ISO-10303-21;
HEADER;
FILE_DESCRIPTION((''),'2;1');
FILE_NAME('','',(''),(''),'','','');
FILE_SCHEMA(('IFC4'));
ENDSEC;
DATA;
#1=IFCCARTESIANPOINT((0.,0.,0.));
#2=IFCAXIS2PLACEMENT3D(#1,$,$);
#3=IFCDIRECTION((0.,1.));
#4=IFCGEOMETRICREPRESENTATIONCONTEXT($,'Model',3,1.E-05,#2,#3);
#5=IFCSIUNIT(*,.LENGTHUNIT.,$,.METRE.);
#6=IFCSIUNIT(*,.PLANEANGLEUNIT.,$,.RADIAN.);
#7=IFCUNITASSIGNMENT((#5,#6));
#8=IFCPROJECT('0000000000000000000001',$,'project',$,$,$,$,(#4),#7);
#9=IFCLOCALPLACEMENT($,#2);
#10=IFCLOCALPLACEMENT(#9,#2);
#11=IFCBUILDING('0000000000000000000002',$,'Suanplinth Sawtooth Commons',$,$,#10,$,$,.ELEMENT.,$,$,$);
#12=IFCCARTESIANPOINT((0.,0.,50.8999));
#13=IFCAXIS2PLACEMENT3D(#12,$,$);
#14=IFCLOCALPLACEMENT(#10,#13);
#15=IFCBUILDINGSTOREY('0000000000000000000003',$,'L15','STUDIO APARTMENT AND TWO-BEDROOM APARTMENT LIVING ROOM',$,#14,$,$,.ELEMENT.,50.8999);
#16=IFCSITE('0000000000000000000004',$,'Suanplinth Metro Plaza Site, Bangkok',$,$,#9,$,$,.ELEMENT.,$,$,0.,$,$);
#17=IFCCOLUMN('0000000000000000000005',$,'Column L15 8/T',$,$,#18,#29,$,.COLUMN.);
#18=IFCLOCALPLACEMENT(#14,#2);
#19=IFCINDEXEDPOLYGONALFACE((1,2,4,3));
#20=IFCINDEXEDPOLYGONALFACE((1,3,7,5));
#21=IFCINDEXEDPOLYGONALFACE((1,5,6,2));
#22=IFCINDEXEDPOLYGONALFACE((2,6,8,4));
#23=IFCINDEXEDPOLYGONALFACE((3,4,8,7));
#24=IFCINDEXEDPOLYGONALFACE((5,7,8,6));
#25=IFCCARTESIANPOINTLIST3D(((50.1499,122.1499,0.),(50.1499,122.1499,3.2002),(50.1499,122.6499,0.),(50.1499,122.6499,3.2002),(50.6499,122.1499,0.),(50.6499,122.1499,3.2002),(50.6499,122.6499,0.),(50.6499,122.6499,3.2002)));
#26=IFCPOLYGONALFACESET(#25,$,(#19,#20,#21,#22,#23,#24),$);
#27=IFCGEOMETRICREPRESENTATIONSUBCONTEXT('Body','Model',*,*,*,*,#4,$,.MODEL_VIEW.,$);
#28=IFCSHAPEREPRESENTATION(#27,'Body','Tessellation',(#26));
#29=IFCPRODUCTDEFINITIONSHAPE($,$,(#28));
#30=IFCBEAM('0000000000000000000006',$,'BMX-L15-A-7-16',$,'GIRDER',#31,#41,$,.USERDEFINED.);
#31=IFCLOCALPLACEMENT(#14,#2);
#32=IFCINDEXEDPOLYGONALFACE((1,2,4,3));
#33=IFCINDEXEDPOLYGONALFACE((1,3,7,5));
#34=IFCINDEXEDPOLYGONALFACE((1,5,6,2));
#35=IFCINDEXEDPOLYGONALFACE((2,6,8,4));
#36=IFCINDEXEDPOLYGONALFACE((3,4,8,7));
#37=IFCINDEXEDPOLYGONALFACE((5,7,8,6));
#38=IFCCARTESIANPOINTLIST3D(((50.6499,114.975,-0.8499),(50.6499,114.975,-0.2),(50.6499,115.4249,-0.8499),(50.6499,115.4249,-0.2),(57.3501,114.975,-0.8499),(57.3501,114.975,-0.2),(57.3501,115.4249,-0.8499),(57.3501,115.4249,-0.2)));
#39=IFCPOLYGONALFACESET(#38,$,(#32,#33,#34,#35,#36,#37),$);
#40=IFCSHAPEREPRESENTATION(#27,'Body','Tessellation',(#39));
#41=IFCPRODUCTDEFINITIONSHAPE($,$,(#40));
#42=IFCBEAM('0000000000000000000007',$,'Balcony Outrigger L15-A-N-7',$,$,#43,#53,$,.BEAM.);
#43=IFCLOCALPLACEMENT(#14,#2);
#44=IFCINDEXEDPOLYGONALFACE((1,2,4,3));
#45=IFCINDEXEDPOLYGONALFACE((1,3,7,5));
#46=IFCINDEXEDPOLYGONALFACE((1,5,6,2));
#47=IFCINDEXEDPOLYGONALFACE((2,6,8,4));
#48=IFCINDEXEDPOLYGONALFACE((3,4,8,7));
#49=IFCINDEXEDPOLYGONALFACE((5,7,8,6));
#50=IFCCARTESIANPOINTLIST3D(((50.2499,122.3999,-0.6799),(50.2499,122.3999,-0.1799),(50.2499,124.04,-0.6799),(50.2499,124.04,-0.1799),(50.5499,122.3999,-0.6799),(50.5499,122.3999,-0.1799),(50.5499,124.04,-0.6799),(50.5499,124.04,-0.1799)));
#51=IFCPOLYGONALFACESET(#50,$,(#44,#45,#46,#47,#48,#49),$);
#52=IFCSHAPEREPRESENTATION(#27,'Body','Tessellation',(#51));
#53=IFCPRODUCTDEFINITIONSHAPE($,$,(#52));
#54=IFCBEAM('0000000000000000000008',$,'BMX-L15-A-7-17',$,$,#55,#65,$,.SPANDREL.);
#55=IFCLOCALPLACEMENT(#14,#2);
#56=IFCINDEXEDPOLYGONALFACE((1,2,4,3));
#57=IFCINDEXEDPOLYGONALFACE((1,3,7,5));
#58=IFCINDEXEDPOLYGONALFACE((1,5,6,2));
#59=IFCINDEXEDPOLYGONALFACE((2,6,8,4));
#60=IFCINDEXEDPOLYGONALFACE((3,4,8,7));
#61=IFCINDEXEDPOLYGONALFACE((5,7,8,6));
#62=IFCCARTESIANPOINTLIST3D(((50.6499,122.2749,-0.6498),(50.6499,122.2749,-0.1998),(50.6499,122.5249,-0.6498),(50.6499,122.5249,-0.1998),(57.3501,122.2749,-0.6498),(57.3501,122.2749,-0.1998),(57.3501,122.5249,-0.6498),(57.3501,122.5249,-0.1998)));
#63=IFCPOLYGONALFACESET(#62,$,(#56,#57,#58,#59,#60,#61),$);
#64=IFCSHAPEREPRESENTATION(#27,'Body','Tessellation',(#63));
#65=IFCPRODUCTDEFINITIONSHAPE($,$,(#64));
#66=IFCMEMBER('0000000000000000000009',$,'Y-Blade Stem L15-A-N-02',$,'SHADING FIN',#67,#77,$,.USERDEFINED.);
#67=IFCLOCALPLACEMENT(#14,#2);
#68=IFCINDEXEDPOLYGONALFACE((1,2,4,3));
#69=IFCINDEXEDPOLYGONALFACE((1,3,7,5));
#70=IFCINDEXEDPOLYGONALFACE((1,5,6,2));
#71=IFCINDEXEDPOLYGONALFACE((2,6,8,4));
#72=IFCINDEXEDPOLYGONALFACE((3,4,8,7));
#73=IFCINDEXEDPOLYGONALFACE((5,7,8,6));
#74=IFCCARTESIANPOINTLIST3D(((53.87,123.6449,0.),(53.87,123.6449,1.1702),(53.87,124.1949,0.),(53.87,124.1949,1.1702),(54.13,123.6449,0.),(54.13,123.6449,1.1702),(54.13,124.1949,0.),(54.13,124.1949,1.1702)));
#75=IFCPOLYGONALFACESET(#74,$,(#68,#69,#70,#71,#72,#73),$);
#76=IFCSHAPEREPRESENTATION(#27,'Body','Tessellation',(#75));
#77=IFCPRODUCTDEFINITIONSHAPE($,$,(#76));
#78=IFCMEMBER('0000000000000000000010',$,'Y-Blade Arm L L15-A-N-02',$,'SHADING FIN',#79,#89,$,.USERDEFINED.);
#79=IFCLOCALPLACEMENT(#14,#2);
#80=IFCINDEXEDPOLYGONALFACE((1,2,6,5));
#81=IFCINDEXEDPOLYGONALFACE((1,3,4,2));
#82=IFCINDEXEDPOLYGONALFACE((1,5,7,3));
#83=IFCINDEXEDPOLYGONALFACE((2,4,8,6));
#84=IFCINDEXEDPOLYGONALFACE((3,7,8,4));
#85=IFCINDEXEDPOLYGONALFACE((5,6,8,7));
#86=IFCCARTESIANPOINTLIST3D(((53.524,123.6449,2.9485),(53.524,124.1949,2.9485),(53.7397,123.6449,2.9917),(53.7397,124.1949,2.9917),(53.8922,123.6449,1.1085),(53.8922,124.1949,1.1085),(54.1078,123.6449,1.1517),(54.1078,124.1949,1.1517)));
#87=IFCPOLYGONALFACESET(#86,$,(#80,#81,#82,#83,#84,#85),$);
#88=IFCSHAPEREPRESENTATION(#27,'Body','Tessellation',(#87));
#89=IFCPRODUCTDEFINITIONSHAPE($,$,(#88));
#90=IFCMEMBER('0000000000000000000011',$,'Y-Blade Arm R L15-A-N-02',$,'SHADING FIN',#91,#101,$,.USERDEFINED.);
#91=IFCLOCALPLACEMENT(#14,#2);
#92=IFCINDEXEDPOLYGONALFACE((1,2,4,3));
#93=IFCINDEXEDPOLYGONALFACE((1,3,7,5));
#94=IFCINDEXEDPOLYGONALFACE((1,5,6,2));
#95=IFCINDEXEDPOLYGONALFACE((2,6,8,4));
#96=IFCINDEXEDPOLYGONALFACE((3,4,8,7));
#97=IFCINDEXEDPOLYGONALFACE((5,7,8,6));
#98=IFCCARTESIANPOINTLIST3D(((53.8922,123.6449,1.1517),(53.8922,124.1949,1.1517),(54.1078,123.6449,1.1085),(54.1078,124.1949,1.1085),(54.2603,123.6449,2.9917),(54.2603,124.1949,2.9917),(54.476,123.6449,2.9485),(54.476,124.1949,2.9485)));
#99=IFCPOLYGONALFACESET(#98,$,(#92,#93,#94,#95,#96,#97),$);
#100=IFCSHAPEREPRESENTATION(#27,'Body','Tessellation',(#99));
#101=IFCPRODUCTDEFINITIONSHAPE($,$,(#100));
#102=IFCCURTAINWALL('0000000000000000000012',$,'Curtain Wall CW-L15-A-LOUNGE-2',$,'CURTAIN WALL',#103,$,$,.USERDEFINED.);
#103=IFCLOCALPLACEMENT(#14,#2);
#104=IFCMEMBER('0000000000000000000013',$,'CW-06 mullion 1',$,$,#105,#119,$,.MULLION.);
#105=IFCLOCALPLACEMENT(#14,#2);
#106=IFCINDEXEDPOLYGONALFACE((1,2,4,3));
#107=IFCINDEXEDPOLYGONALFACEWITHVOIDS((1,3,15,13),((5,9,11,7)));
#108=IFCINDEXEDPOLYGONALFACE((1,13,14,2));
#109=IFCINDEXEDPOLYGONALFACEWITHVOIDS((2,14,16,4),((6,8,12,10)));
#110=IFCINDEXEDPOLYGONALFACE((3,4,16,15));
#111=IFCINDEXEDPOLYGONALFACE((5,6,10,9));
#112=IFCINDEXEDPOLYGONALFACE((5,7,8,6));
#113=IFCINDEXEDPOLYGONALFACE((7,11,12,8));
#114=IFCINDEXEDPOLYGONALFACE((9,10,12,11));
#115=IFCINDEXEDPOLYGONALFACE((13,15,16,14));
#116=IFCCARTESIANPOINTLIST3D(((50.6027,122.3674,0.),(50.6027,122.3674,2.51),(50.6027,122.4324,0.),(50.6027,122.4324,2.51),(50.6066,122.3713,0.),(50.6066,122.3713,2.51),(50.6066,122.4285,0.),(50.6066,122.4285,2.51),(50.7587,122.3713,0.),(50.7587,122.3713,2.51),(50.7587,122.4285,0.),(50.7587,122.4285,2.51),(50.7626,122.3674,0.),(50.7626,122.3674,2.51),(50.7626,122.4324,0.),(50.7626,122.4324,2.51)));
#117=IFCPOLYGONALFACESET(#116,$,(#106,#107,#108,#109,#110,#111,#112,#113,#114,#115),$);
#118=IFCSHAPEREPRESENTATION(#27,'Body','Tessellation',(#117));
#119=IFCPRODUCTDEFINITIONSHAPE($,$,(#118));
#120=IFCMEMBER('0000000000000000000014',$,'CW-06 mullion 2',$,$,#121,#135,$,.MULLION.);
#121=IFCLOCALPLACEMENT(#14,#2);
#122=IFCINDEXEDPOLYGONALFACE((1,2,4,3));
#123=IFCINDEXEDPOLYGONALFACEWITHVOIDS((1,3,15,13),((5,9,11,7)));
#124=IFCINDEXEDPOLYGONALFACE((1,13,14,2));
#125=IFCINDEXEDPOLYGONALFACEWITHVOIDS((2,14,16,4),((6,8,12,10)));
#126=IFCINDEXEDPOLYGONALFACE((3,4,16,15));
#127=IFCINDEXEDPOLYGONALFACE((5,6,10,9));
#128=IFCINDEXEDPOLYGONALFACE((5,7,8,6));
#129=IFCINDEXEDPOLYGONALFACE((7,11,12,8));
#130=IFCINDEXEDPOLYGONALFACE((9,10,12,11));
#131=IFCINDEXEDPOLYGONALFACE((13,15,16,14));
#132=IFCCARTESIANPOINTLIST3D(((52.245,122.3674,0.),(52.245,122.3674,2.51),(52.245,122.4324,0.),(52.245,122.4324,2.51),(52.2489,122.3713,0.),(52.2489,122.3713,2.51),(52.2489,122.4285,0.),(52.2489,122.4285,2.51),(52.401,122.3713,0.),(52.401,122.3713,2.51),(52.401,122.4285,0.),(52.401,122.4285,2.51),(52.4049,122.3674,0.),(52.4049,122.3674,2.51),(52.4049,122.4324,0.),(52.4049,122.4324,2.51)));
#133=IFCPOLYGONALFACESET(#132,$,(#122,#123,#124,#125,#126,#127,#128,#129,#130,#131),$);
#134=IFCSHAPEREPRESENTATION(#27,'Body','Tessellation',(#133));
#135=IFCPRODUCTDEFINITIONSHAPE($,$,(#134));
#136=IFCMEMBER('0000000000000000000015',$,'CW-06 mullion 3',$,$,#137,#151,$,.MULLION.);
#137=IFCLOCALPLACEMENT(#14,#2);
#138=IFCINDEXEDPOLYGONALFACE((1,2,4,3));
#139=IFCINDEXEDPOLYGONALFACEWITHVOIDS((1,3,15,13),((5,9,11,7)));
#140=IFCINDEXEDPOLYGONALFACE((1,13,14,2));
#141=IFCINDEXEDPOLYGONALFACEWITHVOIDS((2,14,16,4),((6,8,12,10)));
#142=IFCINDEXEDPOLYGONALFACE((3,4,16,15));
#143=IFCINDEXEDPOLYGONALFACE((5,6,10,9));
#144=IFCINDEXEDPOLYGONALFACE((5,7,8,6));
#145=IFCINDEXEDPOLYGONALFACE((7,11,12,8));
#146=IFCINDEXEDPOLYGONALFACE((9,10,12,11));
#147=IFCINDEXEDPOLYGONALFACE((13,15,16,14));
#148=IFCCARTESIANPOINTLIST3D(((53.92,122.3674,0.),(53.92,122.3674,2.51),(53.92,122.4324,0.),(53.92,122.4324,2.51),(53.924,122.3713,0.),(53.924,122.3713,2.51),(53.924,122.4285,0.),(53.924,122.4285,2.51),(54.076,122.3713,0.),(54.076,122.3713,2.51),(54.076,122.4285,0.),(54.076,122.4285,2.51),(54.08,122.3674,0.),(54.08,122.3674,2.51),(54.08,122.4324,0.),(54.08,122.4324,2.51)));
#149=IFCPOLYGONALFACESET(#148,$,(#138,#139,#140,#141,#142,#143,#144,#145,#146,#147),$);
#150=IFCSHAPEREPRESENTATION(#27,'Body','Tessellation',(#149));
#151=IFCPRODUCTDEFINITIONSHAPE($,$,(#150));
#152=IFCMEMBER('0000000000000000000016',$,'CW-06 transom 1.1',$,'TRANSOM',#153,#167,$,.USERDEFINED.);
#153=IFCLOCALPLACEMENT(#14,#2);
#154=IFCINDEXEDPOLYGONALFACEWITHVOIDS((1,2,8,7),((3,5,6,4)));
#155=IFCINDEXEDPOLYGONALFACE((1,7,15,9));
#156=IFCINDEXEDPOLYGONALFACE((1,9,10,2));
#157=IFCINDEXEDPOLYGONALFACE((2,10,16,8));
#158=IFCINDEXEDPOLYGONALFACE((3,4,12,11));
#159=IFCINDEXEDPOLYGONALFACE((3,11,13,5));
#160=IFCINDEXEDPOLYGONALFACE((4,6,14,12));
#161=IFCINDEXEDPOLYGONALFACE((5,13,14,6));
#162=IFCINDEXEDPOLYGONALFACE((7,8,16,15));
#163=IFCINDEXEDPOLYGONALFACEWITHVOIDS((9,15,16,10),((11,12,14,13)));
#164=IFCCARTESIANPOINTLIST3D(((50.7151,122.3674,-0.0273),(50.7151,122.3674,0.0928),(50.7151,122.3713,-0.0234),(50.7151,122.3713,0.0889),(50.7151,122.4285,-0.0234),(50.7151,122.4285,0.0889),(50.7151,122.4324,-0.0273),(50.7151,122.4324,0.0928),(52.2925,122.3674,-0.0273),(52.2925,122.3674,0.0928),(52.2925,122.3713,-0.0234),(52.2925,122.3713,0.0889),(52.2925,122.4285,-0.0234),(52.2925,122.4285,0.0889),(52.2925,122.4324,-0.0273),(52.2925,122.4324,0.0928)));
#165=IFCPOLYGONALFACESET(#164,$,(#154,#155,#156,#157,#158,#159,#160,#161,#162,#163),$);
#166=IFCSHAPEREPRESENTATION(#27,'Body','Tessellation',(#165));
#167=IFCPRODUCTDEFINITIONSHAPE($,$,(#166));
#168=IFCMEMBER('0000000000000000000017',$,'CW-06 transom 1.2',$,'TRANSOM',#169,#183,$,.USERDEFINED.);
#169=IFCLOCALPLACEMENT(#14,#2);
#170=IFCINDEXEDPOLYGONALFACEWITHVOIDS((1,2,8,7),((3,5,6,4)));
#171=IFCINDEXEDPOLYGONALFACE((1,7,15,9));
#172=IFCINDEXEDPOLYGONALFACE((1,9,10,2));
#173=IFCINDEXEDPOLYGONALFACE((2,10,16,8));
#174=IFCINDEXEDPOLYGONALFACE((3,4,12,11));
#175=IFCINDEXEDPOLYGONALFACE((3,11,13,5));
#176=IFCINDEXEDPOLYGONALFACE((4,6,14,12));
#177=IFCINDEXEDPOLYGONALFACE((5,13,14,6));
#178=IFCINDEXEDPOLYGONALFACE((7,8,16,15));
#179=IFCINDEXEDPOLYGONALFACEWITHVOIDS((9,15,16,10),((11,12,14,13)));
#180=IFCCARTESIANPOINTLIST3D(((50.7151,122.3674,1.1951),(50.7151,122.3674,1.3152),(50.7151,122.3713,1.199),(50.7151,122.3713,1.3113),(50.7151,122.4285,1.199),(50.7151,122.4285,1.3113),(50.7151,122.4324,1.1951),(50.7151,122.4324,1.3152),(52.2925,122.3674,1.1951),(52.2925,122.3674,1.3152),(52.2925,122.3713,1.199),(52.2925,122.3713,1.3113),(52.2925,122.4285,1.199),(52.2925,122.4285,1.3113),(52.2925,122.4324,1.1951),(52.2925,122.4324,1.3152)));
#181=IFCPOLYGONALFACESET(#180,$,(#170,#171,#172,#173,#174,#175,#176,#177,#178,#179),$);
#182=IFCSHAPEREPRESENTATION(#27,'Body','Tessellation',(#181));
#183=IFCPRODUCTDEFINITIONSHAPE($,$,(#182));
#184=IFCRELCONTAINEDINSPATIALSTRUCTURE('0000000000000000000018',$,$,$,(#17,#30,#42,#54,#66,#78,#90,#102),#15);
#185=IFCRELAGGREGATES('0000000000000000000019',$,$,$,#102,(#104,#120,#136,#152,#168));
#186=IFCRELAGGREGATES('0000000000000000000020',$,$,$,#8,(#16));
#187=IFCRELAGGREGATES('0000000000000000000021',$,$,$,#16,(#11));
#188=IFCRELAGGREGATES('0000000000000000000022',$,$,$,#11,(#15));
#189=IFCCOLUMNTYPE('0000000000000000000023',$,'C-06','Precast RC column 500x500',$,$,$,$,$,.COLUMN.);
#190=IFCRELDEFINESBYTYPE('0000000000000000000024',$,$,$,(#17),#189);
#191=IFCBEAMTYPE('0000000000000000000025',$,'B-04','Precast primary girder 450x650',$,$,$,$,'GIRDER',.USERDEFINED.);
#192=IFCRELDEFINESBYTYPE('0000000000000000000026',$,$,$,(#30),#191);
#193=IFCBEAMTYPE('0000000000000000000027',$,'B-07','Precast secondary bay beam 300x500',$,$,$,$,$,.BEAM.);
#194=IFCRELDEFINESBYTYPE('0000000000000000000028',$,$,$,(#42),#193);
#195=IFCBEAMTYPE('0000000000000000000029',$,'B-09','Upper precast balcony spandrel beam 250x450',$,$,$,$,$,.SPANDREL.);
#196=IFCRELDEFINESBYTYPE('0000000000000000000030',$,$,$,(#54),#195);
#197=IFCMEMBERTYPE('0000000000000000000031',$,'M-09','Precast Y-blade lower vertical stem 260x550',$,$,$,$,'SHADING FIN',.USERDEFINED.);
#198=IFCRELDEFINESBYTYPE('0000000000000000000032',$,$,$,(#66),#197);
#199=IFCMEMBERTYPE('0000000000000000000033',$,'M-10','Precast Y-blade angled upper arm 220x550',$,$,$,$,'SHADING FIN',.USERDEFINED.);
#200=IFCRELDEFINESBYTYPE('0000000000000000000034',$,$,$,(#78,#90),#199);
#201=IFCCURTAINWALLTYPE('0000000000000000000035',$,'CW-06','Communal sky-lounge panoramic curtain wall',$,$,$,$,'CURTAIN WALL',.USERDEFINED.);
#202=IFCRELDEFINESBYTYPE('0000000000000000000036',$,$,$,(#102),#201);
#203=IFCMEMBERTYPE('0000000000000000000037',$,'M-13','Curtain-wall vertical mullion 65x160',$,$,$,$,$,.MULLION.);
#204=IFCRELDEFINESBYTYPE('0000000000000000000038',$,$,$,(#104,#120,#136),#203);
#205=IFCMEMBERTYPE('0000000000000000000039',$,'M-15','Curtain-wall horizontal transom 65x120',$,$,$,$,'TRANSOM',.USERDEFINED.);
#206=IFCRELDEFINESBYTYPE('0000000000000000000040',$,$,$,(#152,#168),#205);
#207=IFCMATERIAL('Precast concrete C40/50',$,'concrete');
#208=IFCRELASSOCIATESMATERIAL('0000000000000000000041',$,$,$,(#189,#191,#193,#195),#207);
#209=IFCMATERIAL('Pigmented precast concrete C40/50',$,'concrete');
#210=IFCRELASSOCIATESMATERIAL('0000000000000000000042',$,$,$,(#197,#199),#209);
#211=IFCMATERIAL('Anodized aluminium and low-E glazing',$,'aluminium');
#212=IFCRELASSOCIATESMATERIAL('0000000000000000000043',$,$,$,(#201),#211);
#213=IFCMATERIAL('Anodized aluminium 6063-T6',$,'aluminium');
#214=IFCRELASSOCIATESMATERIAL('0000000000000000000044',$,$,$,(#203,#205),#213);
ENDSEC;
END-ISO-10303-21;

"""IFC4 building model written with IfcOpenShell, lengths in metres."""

from ifc_helpers import new_model, si_unit, direction, frame, origin, origin_2d, place, context, subcontext, project, spatial, rectangle, hollow_rectangle, extrude, material, material_profile, profile_set, type_object, element, aggregate, save


model = new_model("IFC4")

# Units and contexts
model_context = context("Model", 3, precision=1e-05, world=origin(), true_north=direction((0.0, 1.0)))
body_context = subcontext(model_context, "Body", "Model", "MODEL_VIEW")
ifc_project = project(units=[si_unit("LENGTHUNIT", "METRE"), si_unit("PLANEANGLEUNIT", "RADIAN")], contexts=[model_context])

# Site, building, storey
site_placement = place(None, origin())
site = spatial("IfcSite", under=ifc_project, at=site_placement, Name="Suanplinth Metro Plaza Site, Bangkok", CompositionType="ELEMENT", RefElevation=0.0)
building_placement = place(site_placement, origin())
building = spatial("IfcBuilding", under=site, at=building_placement, Name="Suanplinth Sawtooth Commons", CompositionType="ELEMENT")
storey_placement = place(building_placement, frame((0.0, 0.0, 50.8999)))
storey = spatial("IfcBuildingStorey", under=building, at=storey_placement, Name="L15", Description="STUDIO APARTMENT AND TWO-BEDROOM APARTMENT LIVING ROOM", CompositionType="ELEMENT", Elevation=50.8999)

# Column
ifc_material_1 = material(Name="Precast concrete C40/50", Category="concrete")
ifc_material_profile_1 = material_profile(ifc_material_1, rectangle(XDim=0.5, YDim=0.5, at=origin_2d()), Name="PC-COL 500x500")
ifc_profile_set_1 = profile_set([ifc_material_profile_1], Name="Precast concrete C40/50")
column_type = type_object("IfcColumnType", Name="C-06", Description="Precast RC column 500x500", PredefinedType="COLUMN", material=ifc_profile_set_1)
column_placement = place(storey_placement, frame((50.3999, 122.3999, 0.0), z_axis=(0.0, 0.0, 1.0), x_axis=(1.0, 0.0, 0.0)))
element("IfcColumn", 1, at=column_placement, inside=storey, type_object=column_type, Name="Column L15 8/T", PredefinedType="COLUMN", context=body_context, shape_type="SweptSolid", body=[
    extrude(rectangle(XDim=0.5, YDim=0.5, at=origin_2d()), origin(), (0.0, 0.0, 1.0), 3.2002),
])

# Beams
ifc_material_profile_2 = material_profile(ifc_material_1, rectangle(XDim=0.45, YDim=0.6499, at=origin_2d()), Name="PC-GDR 450x650")
ifc_profile_set_2 = profile_set([ifc_material_profile_2], Name="Precast concrete C40/50")
beam_type_1 = type_object("IfcBeamType", Name="B-04", Description="Precast primary girder 450x650", ElementType="GIRDER", PredefinedType="USERDEFINED", material=ifc_profile_set_2)
beam_1_placement = place(storey_placement, frame((50.6499, 115.2, -0.5249), z_axis=(1.0, 0.0, 0.0), x_axis=(0.0, 1.0, 0.0)))
element("IfcBeam", 2, at=beam_1_placement, inside=storey, type_object=beam_type_1, Name="BMX-L15-A-7-16", ObjectType="GIRDER", PredefinedType="USERDEFINED", context=body_context, shape_type="SweptSolid", body=[
    extrude(rectangle(XDim=0.45, YDim=0.6499, at=origin_2d()), origin(), (0.0, 0.0, 1.0), 6.7002),
])
ifc_material_profile_3 = material_profile(ifc_material_1, rectangle(XDim=0.3, YDim=0.5, at=origin_2d()), Name="PC-BM 300x500")
ifc_profile_set_3 = profile_set([ifc_material_profile_3], Name="Precast concrete C40/50")
beam_type_2 = type_object("IfcBeamType", Name="B-07", Description="Precast secondary bay beam 300x500", PredefinedType="BEAM", material=ifc_profile_set_3)
beam_2_placement = place(storey_placement, frame((50.3999, 122.3999, -0.4299), z_axis=(0.0, 1.0, 0.0), x_axis=(-1.0, 0.0, 0.0)))
element("IfcBeam", 3, at=beam_2_placement, inside=storey, type_object=beam_type_2, Name="Balcony Outrigger L15-A-N-7", PredefinedType="BEAM", context=body_context, shape_type="SweptSolid", body=[
    extrude(rectangle(XDim=0.3, YDim=0.5, at=origin_2d()), origin(), (0.0, 0.0, 1.0), 1.6401),
])
ifc_material_profile_4 = material_profile(ifc_material_1, rectangle(XDim=0.25, YDim=0.45, at=origin_2d()), Name="PC-SP 250x450")
ifc_profile_set_4 = profile_set([ifc_material_profile_4], Name="Precast concrete C40/50")
beam_type_3 = type_object("IfcBeamType", Name="B-09", Description="Upper precast balcony spandrel beam 250x450", PredefinedType="SPANDREL", material=ifc_profile_set_4)
beam_3_placement = place(storey_placement, frame((50.6499, 122.3999, -0.4248), z_axis=(1.0, 0.0, 0.0), x_axis=(0.0, 1.0, 0.0)))
element("IfcBeam", 4, at=beam_3_placement, inside=storey, type_object=beam_type_3, Name="BMX-L15-A-7-17", PredefinedType="SPANDREL", context=body_context, shape_type="SweptSolid", body=[
    extrude(rectangle(XDim=0.25, YDim=0.45, at=origin_2d()), origin(), (0.0, 0.0, 1.0), 6.7002),
])

# Members
ifc_material_2 = material(Name="Pigmented precast concrete C40/50", Category="concrete")
ifc_material_profile_5 = material_profile(ifc_material_2, rectangle(XDim=0.26, YDim=0.55, at=origin_2d()), Name="PC-FIN 260x550")
ifc_profile_set_5 = profile_set([ifc_material_profile_5], Name="Pigmented precast concrete C40/50")
member_type_1 = type_object("IfcMemberType", Name="M-09", Description="Precast Y-blade lower vertical stem 260x550", ElementType="SHADING FIN", PredefinedType="USERDEFINED", material=ifc_profile_set_5)
member_1_placement = place(storey_placement, frame((54.0, 123.9199, 0.0), z_axis=(0.0, 0.0, 1.0), x_axis=(1.0, 0.0, 0.0)))
element("IfcMember", 5, at=member_1_placement, inside=storey, type_object=member_type_1, Name="Y-Blade Stem L15-A-N-02", ObjectType="SHADING FIN", PredefinedType="USERDEFINED", context=body_context, shape_type="SweptSolid", body=[
    extrude(rectangle(XDim=0.26, YDim=0.55, at=origin_2d()), origin(), (0.0, 0.0, 1.0), 1.1702),
])
ifc_material_profile_6 = material_profile(ifc_material_2, rectangle(XDim=0.22, YDim=0.55, at=origin_2d()), Name="PC-FIN 220x550")
ifc_profile_set_6 = profile_set([ifc_material_profile_6], Name="Pigmented precast concrete C40/50")
member_type_2 = type_object("IfcMemberType", Name="M-10", Description="Precast Y-blade angled upper arm 220x550", ElementType="SHADING FIN", PredefinedType="USERDEFINED", material=ifc_profile_set_6)
for number, where, z_axis, x_axis, name in (
    (6, (54.0, 123.9199, 1.1301), (-0.196191, 0.0, 0.980566), (0.980566, 0.0, 0.196191), "Y-Blade Arm L L15-A-N-02"),
    (7, (54.0, 123.9199, 1.1301), (0.196191, 0.0, 0.980566), (-0.980566, 0.0, 0.196191), "Y-Blade Arm R L15-A-N-02"),
):
    element("IfcMember", number, at=place(storey_placement, frame(where, z_axis=z_axis, x_axis=x_axis)), inside=storey, type_object=member_type_2, Name=name, ObjectType="SHADING FIN", PredefinedType="USERDEFINED", context=body_context, shape_type="SweptSolid", body=[
        extrude(rectangle(XDim=0.22, YDim=0.55, at=origin_2d()), origin(), (0.0, 0.0, 1.0), 1.8765),
    ])

# Curtain wall, members
ifc_material_3 = material(Name="Anodized aluminium and low-E glazing", Category="aluminium")
curtain_wall_type = type_object("IfcCurtainWallType", Name="CW-06", Description="Communal sky-lounge panoramic curtain wall", ElementType="CURTAIN WALL", PredefinedType="USERDEFINED", material=ifc_material_3)
curtain_wall_placement = place(storey_placement, origin())
curtain_wall = element("IfcCurtainWall", 8, at=curtain_wall_placement, inside=storey, type_object=curtain_wall_type, Name="Curtain Wall CW-L15-A-LOUNGE-2", ObjectType="CURTAIN WALL", PredefinedType="USERDEFINED")
ifc_material_4 = material(Name="Anodized aluminium 6063-T6", Category="aluminium")
ifc_material_profile_7 = material_profile(ifc_material_4, hollow_rectangle(XDim=0.0649, YDim=0.1599, WallThickness=0.0039, at=origin_2d()), Name="ALU-MUL 65x160")
ifc_profile_set_7 = profile_set([ifc_material_profile_7], Name="Anodized aluminium 6063-T6")
member_type_3 = type_object("IfcMemberType", Name="M-13", Description="Curtain-wall vertical mullion 65x160", PredefinedType="MULLION", material=ifc_profile_set_7)
member_2_placement = place(storey_placement, frame((50.6826, 122.3999, 0.0), z_axis=(0.0, 0.0, 1.0), x_axis=(0.0, 1.0, 0.0)))
member_2 = element("IfcMember", 9, at=member_2_placement, type_object=member_type_3, Name="CW-06 mullion 1", PredefinedType="MULLION", context=body_context, shape_type="SweptSolid", body=[
    extrude(hollow_rectangle(XDim=0.0649, YDim=0.1599, WallThickness=0.0039, at=origin_2d()), origin(), (0.0, 0.0, 1.0), 2.51),
])
member_3_placement = place(storey_placement, frame((52.325, 122.3999, 0.0), z_axis=(0.0, 0.0, 1.0), x_axis=(0.0, 1.0, 0.0)))
member_3 = element("IfcMember", 10, at=member_3_placement, type_object=member_type_3, Name="CW-06 mullion 2", PredefinedType="MULLION", context=body_context, shape_type="SweptSolid", body=[
    extrude(hollow_rectangle(XDim=0.0649, YDim=0.1599, WallThickness=0.0039, at=origin_2d()), origin(), (0.0, 0.0, 1.0), 2.51),
])
member_4_placement = place(storey_placement, frame((54.0, 122.3999, 0.0), z_axis=(0.0, 0.0, 1.0), x_axis=(0.0, 1.0, 0.0)))
member_4 = element("IfcMember", 11, at=member_4_placement, type_object=member_type_3, Name="CW-06 mullion 3", PredefinedType="MULLION", context=body_context, shape_type="SweptSolid", body=[
    extrude(hollow_rectangle(XDim=0.0649, YDim=0.1599, WallThickness=0.0039, at=origin_2d()), origin(), (0.0, 0.0, 1.0), 2.51),
])
ifc_material_profile_8 = material_profile(ifc_material_4, hollow_rectangle(XDim=0.0649, YDim=0.1201, WallThickness=0.0039, at=origin_2d()), Name="ALU-TRN 65x120")
ifc_profile_set_8 = profile_set([ifc_material_profile_8], Name="Anodized aluminium 6063-T6")
member_type_4 = type_object("IfcMemberType", Name="M-15", Description="Curtain-wall horizontal transom 65x120", ElementType="TRANSOM", PredefinedType="USERDEFINED", material=ifc_profile_set_8)
member_5_placement = place(storey_placement, frame((50.7151, 122.3999, 0.0327), z_axis=(1.0, 0.0, 0.0), x_axis=(0.0, 1.0, 0.0)))
member_5 = element("IfcMember", 12, at=member_5_placement, type_object=member_type_4, Name="CW-06 transom 1.1", ObjectType="TRANSOM", PredefinedType="USERDEFINED", context=body_context, shape_type="SweptSolid", body=[
    extrude(hollow_rectangle(XDim=0.0649, YDim=0.1201, WallThickness=0.0039, at=origin_2d()), origin(), (0.0, 0.0, 1.0), 1.5774),
])
member_6_placement = place(storey_placement, frame((50.7151, 122.3999, 1.2551), z_axis=(1.0, 0.0, 0.0), x_axis=(0.0, 1.0, 0.0)))
member_6 = element("IfcMember", 13, at=member_6_placement, type_object=member_type_4, Name="CW-06 transom 1.2", ObjectType="TRANSOM", PredefinedType="USERDEFINED", context=body_context, shape_type="SweptSolid", body=[
    extrude(hollow_rectangle(XDim=0.0649, YDim=0.1201, WallThickness=0.0039, at=origin_2d()), origin(), (0.0, 0.0, 1.0), 1.5774),
])

aggregate(curtain_wall, [member_2, member_3, member_4, member_5, member_6])

save(model, "model.ifc")
